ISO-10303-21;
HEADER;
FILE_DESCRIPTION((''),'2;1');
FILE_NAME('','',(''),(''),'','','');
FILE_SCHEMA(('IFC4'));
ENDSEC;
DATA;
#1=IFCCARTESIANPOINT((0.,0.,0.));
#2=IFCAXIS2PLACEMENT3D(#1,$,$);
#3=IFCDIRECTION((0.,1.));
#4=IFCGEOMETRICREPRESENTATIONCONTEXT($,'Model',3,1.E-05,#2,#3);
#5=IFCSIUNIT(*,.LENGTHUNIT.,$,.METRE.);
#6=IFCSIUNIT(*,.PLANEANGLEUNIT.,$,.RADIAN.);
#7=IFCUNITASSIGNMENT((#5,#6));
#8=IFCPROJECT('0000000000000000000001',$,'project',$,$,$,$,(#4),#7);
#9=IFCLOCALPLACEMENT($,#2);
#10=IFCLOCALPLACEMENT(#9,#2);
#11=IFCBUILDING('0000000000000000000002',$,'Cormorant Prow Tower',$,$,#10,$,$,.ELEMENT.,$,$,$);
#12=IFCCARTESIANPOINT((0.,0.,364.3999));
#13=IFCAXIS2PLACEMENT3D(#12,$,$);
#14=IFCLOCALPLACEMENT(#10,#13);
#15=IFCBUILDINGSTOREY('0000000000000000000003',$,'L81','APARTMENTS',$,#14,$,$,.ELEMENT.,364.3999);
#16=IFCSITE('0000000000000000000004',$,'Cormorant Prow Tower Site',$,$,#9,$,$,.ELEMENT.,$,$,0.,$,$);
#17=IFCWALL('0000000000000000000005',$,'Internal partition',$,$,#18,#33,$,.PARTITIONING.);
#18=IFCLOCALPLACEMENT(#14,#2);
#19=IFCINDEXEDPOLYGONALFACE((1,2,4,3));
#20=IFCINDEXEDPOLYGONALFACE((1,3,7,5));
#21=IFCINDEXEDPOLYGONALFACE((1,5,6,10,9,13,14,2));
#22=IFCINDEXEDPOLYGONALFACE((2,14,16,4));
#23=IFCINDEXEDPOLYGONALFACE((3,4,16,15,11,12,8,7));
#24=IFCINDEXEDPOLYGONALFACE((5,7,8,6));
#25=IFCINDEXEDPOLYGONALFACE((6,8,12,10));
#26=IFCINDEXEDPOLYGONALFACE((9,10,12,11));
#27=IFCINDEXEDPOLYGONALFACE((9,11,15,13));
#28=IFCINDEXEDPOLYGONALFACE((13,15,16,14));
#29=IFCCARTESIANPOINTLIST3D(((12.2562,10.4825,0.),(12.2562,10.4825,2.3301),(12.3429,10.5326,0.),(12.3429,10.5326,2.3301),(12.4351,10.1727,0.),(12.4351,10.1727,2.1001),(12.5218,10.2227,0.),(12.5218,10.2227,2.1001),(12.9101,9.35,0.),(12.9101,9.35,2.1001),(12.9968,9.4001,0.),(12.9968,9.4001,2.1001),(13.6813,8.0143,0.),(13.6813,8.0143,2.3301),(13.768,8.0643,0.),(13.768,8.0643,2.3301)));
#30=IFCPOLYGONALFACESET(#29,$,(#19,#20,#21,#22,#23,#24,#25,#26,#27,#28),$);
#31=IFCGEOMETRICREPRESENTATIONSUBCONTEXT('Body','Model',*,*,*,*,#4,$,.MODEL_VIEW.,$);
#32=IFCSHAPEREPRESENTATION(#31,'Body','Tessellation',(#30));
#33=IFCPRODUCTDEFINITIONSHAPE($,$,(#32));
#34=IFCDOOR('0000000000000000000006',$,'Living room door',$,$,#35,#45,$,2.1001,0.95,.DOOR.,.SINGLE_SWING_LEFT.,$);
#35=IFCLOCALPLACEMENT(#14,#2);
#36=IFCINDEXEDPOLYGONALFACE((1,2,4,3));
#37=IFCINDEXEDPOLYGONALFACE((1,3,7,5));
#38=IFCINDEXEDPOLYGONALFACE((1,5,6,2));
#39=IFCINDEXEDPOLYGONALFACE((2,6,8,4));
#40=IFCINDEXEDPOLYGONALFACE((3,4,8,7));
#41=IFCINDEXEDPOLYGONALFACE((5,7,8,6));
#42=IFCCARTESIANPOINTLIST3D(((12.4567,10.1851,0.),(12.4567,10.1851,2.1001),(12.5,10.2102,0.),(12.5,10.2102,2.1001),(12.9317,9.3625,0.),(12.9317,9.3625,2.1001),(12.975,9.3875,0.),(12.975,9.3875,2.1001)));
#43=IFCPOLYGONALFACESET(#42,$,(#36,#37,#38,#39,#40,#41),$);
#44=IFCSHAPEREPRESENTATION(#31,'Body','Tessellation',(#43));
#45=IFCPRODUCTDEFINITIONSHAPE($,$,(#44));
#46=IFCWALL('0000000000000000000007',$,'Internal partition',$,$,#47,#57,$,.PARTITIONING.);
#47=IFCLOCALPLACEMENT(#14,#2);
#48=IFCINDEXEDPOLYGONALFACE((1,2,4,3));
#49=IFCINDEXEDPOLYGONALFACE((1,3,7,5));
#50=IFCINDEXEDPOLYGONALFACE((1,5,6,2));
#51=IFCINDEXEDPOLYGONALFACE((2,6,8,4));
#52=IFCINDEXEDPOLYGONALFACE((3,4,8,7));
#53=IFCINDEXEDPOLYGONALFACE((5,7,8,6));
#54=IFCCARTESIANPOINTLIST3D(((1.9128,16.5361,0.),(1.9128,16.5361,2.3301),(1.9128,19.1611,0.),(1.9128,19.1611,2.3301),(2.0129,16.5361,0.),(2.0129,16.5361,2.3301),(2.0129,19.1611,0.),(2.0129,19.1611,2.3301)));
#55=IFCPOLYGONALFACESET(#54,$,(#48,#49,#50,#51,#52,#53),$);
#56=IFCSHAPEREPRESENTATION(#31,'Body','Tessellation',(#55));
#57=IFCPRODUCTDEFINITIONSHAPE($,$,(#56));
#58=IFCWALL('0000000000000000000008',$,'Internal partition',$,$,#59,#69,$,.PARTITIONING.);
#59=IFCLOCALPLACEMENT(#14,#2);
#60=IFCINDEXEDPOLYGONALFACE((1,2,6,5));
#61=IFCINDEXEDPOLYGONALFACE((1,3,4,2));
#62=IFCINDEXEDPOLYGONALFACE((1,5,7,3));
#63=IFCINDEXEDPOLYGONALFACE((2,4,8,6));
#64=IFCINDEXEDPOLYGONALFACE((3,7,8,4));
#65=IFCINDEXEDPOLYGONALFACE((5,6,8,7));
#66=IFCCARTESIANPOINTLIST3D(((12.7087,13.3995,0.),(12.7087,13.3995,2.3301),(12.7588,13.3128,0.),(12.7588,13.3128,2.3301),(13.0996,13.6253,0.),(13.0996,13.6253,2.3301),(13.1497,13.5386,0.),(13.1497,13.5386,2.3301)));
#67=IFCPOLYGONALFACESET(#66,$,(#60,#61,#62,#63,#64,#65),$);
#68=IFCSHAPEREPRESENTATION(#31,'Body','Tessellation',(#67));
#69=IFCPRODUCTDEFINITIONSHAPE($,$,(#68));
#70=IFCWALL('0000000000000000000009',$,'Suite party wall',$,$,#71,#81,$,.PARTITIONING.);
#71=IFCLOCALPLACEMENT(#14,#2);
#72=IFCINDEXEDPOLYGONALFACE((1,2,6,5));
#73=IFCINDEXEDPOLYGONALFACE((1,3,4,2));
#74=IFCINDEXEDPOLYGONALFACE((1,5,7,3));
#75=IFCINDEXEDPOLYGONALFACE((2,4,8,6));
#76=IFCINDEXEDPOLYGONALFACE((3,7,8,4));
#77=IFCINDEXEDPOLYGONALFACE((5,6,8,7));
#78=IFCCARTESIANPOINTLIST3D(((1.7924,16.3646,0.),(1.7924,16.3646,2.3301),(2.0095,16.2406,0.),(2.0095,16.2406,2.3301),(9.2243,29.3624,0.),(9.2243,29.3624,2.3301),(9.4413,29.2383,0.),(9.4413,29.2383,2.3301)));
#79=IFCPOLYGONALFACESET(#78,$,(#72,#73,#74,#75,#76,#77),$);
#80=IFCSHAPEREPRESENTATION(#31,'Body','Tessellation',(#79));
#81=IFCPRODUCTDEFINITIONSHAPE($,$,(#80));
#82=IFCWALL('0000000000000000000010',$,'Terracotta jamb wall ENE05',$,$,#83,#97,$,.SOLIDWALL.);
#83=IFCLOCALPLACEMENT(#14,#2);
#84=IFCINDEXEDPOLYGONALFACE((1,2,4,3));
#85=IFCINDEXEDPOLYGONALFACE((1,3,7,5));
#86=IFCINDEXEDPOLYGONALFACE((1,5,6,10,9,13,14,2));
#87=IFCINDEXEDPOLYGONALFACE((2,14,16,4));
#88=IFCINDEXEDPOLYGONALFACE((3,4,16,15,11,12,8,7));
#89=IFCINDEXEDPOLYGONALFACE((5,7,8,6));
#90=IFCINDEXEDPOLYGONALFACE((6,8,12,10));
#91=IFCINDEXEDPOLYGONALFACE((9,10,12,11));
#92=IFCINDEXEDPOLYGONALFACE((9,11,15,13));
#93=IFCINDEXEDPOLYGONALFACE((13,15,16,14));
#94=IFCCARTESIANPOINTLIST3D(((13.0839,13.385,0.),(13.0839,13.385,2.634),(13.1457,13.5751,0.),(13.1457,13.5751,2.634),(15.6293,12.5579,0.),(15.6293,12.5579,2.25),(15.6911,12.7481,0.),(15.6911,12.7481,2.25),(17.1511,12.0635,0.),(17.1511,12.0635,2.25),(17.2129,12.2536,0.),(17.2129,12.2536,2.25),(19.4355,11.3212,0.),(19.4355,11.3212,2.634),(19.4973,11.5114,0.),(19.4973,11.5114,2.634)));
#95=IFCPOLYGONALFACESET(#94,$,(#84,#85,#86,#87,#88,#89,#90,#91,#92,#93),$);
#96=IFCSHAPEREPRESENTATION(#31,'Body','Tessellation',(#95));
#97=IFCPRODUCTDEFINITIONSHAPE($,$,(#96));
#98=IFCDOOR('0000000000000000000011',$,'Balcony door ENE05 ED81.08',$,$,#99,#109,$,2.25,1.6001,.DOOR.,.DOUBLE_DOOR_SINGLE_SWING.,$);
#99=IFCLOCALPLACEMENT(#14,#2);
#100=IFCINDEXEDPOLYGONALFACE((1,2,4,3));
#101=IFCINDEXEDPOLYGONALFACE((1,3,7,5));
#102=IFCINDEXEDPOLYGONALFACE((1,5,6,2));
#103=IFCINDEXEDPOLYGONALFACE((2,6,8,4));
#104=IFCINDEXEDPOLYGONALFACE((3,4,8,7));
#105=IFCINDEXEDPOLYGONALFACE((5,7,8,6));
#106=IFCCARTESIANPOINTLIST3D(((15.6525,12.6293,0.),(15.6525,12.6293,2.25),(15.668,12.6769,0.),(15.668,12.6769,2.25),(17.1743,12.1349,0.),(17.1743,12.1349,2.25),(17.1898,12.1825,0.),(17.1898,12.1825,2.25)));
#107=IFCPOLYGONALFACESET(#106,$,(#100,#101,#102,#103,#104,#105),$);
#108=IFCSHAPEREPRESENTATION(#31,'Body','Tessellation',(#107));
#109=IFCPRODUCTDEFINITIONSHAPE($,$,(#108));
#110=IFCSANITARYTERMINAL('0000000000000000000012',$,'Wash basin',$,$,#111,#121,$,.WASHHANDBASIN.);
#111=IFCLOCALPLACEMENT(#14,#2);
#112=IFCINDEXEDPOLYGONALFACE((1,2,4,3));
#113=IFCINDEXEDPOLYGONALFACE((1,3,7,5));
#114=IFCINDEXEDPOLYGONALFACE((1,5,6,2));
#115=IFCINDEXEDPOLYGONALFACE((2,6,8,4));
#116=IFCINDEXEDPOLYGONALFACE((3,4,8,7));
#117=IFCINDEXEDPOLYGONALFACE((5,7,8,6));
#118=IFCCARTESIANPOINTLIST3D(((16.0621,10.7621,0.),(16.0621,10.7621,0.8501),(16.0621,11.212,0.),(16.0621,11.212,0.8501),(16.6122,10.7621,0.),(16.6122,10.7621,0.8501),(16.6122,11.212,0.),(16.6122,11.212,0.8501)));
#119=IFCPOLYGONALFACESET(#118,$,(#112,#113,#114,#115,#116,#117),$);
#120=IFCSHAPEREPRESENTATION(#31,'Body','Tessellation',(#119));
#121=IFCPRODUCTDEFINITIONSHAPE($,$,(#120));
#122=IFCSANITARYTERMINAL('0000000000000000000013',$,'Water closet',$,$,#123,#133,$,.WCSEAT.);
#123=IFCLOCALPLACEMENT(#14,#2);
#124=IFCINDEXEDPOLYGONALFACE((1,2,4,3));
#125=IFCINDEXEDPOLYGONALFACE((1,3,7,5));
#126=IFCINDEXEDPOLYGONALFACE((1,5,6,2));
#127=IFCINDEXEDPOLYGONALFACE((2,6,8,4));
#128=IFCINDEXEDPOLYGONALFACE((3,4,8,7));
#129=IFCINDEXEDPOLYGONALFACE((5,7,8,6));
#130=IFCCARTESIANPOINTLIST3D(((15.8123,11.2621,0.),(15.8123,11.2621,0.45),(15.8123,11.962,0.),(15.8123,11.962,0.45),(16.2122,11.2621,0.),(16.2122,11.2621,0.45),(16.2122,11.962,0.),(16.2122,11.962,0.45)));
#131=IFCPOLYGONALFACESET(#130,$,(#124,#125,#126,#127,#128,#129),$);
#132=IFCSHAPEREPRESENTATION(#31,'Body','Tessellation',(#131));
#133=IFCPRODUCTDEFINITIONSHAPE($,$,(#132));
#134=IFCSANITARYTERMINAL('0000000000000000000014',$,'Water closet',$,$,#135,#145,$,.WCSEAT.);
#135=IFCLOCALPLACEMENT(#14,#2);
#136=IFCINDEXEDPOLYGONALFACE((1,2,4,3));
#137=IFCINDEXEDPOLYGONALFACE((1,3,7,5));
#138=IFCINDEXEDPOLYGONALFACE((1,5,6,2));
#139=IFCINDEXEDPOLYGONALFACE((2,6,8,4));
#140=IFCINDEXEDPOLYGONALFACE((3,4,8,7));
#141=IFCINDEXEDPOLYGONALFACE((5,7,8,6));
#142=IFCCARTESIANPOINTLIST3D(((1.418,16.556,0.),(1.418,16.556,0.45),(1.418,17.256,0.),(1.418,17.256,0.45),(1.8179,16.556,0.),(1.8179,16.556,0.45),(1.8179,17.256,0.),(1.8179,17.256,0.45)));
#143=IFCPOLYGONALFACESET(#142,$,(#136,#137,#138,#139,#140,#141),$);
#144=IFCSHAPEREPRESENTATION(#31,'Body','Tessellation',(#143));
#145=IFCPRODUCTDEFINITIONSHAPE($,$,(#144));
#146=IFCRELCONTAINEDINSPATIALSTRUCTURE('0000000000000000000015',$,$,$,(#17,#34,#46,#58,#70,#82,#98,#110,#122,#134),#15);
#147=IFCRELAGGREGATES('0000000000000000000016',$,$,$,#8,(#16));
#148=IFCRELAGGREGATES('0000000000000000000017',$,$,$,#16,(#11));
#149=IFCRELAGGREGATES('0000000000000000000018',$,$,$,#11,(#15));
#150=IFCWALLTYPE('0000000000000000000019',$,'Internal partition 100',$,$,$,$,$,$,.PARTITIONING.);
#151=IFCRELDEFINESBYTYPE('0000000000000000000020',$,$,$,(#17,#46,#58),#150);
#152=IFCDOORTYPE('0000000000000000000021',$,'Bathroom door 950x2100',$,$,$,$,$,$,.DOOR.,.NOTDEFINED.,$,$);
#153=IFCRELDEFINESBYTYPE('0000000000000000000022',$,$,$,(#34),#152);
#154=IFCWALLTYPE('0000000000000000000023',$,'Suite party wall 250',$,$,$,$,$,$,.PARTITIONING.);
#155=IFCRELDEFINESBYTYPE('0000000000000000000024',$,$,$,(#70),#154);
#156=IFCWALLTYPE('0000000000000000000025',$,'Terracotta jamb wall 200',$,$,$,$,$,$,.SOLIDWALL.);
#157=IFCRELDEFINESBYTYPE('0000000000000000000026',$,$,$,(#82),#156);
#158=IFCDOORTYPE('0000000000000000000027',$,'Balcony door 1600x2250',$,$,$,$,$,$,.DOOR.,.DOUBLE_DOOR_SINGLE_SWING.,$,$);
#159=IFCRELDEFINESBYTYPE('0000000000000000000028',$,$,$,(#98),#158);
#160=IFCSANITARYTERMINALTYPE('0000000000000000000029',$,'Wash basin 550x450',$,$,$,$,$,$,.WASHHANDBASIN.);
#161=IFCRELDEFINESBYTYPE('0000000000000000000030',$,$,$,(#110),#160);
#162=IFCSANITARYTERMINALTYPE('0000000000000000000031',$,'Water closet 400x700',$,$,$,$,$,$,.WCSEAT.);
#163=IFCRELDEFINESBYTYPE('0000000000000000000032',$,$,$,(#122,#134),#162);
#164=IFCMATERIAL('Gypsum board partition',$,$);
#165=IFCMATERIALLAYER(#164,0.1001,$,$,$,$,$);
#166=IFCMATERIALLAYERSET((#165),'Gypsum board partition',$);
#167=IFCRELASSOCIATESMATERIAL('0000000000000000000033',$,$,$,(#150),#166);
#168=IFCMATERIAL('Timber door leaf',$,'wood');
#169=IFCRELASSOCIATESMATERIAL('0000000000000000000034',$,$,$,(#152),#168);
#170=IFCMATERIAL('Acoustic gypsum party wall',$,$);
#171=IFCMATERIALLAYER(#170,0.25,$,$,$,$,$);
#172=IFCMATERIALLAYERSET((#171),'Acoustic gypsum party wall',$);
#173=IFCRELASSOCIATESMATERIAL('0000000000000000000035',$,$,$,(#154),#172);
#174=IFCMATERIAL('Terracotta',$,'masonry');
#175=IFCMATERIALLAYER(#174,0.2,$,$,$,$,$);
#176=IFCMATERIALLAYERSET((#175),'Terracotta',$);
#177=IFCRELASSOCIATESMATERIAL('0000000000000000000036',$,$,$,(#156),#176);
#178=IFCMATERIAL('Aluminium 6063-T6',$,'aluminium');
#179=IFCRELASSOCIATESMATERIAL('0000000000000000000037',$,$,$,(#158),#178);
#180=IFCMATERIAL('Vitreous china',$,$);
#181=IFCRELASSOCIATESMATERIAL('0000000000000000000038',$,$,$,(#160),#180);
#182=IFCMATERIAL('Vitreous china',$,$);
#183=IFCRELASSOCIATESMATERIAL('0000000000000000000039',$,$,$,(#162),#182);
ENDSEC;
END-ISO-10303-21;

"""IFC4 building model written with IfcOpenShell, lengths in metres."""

from ifc_helpers import new_model, si_unit, direction, frame, frame_2d, origin, origin_2d, place, context, subcontext, project, spatial, rectangle, extrude, material, layer, layer_set, type_object, element, fill, save


model = new_model("IFC4")

# Units and contexts
model_context = context("Model", 3, precision=1e-05, world=origin(), true_north=direction((0.0, 1.0)))
body_context = subcontext(model_context, "Body", "Model", "MODEL_VIEW")
ifc_project = project(units=[si_unit("LENGTHUNIT", "METRE"), si_unit("PLANEANGLEUNIT", "RADIAN")], contexts=[model_context])

# Site, building, storey
site_placement = place(None, origin())
site = spatial("IfcSite", under=ifc_project, at=site_placement, Name="Cormorant Prow Tower Site", CompositionType="ELEMENT", RefElevation=0.0)
building_placement = place(site_placement, origin())
building = spatial("IfcBuilding", under=site, at=building_placement, Name="Cormorant Prow Tower", CompositionType="ELEMENT")
storey_placement = place(building_placement, frame((0.0, 0.0, 364.3999)))
storey = spatial("IfcBuildingStorey", under=building, at=storey_placement, Name="L81", Description="APARTMENTS", CompositionType="ELEMENT", Elevation=364.3999)

# Wall, opening, door
ifc_material_1 = material(Name="Gypsum board partition")
ifc_layer_1 = layer(ifc_material_1, 0.1001)
ifc_layer_set_1 = layer_set([ifc_layer_1], Name="Gypsum board partition")
wall_type_1 = type_object("IfcWallType", Name="Internal partition 100", PredefinedType="PARTITIONING", material=ifc_layer_set_1)
ifc_material_2 = material(Name="Timber door leaf", Category="wood")
door_type_1 = type_object("IfcDoorType", Name="Bathroom door 950x2100", OperationType="NOTDEFINED", PredefinedType="DOOR", material=ifc_material_2)
wall_1_placement = place(storey_placement, frame((12.2996, 10.5076, 0.0), z_axis=(0.0, 0.0, 1.0), x_axis=(0.499999, -0.866026, 0.0)))
wall_1 = element("IfcWall", 1, at=wall_1_placement, inside=storey, type_object=wall_type_1, Name="Internal partition", PredefinedType="PARTITIONING", context=body_context, shape_type="SweptSolid", body=[
    extrude(rectangle(XDim=2.8501, YDim=0.1001, at=frame_2d((1.425, 0.0))), origin(), (0.0, 0.0, 1.0), 2.3301),
])
opening_1_placement = place(wall_1_placement, frame((0.3577, 0.0, 0.0)))
opening_1 = element("IfcOpeningElement", 2, at=opening_1_placement, cuts=wall_1, PredefinedType="OPENING", context=body_context, shape_type="SweptSolid", body=[
    extrude(rectangle(XDim=0.95, YDim=2.1001, at=frame_2d((0.4751, 1.05))), frame((0.0, 0.0601, 0.0), z_axis=(0.0, -1.0, 0.0), x_axis=(1.0, 0.0, 0.0)), (0.0, 0.0, 1.0), 0.1201),
])
door_1_placement = place(opening_1_placement, origin())
door_1 = element("IfcDoor", 3, at=door_1_placement, inside=storey, type_object=door_type_1, Name="Living room door", OperationType="SINGLE_SWING_LEFT", OverallHeight=2.1001, OverallWidth=0.95, PredefinedType="DOOR", context=body_context, shape_type="SweptSolid", body=[
    extrude(rectangle(XDim=0.95, YDim=2.1001, at=frame_2d((0.4751, 1.05))), frame((0.0, 0.0249, 0.0), z_axis=(0.0, -1.0, 0.0), x_axis=(1.0, 0.0, 0.0)), (0.0, 0.0, 1.0), 0.05),
])
fill(opening_1, door_1)

# Walls
wall_2_placement = place(storey_placement, frame((1.9629, 16.5361, 0.0), z_axis=(0.0, 0.0, 1.0), x_axis=(0.0, 1.0, 0.0)))
element("IfcWall", 4, at=wall_2_placement, inside=storey, type_object=wall_type_1, Name="Internal partition", PredefinedType="PARTITIONING", context=body_context, shape_type="SweptSolid", body=[
    extrude(rectangle(XDim=2.625, YDim=0.1001, at=frame_2d((1.3125, 0.0))), origin(), (0.0, 0.0, 1.0), 2.3301),
])
wall_3_placement = place(storey_placement, frame((12.7339, 13.3562, 0.0), z_axis=(0.0, 0.0, 1.0), x_axis=(0.86587, 0.500269, 0.0)))
element("IfcWall", 5, at=wall_3_placement, inside=storey, type_object=wall_type_1, Name="Internal partition", PredefinedType="PARTITIONING", context=body_context, shape_type="SweptSolid", body=[
    extrude(rectangle(XDim=0.4514, YDim=0.1001, at=frame_2d((0.2256, 0.0))), origin(), (0.0, 0.0, 1.0), 2.3301),
])
ifc_material_3 = material(Name="Acoustic gypsum party wall")
ifc_layer_2 = layer(ifc_material_3, 0.25)
ifc_layer_set_2 = layer_set([ifc_layer_2], Name="Acoustic gypsum party wall")
wall_type_2 = type_object("IfcWallType", Name="Suite party wall 250", PredefinedType="PARTITIONING", material=ifc_layer_set_2)
wall_4_placement = place(storey_placement, frame((1.9009, 16.3025, 0.0), z_axis=(0.0, 0.0, 1.0), x_axis=(0.496369, 0.868112, 0.0)))
element("IfcWall", 6, at=wall_4_placement, inside=storey, type_object=wall_type_2, Name="Suite party wall", PredefinedType="PARTITIONING", context=body_context, shape_type="SweptSolid", body=[
    extrude(rectangle(XDim=14.9724, YDim=0.25, at=frame_2d((7.4863, 0.0))), origin(), (0.0, 0.0, 1.0), 2.3301),
])

# Wall, opening, door
ifc_material_4 = material(Name="Terracotta", Category="masonry")
ifc_layer_3 = layer(ifc_material_4, 0.2)
ifc_layer_set_3 = layer_set([ifc_layer_3], Name="Terracotta")
wall_type_3 = type_object("IfcWallType", Name="Terracotta jamb wall 200", PredefinedType="SOLIDWALL", material=ifc_layer_set_3)
wall_5_placement = place(storey_placement, frame((19.4666, 11.4163, 0.0), z_axis=(0.0, 0.0, 1.0), x_axis=(-0.951058, 0.309013, 0.0)))
wall_5 = element("IfcWall", 7, at=wall_5_placement, inside=storey, type_object=wall_type_3, Name="Terracotta jamb wall ENE05", PredefinedType="SOLIDWALL", context=body_context, shape_type="SweptSolid", body=[
    extrude(rectangle(XDim=6.6785, YDim=0.2, at=frame_2d((3.3394, 0.0))), origin(), (0.0, 0.0, 1.0), 2.634),
])
opening_2_placement = place(wall_5_placement, frame((2.4021, 0.0, 0.0)))
opening_2 = element("IfcOpeningElement", 8, at=opening_2_placement, cuts=wall_5, PredefinedType="OPENING", context=body_context, shape_type="SweptSolid", body=[
    extrude(rectangle(XDim=1.6001, YDim=2.25, at=frame_2d((0.8, 1.125))), frame((0.0, 0.1099, 0.0), z_axis=(0.0, -1.0, 0.0), x_axis=(1.0, 0.0, 0.0)), (0.0, 0.0, 1.0), 0.22),
])
ifc_material_5 = material(Name="Aluminium 6063-T6", Category="aluminium")
door_type_2 = type_object("IfcDoorType", Name="Balcony door 1600x2250", OperationType="DOUBLE_DOOR_SINGLE_SWING", PredefinedType="DOOR", material=ifc_material_5)
door_2_placement = place(opening_2_placement, origin())
door_2 = element("IfcDoor", 9, at=door_2_placement, inside=storey, type_object=door_type_2, Name="Balcony door ENE05 ED81.08", OperationType="DOUBLE_DOOR_SINGLE_SWING", OverallHeight=2.25, OverallWidth=1.6001, PredefinedType="DOOR", context=body_context, shape_type="SweptSolid", body=[
    extrude(rectangle(XDim=1.6001, YDim=2.25, at=frame_2d((0.8, 1.125))), frame((0.0, 0.0249, 0.0), z_axis=(0.0, -1.0, 0.0), x_axis=(1.0, 0.0, 0.0)), (0.0, 0.0, 1.0), 0.05),
])
fill(opening_2, door_2)

# Sanitary terminals
ifc_material_6 = material(Name="Vitreous china")
sanitary_terminal_type_1 = type_object("IfcSanitaryTerminalType", Name="Wash basin 550x450", PredefinedType="WASHHANDBASIN", material=ifc_material_6)
sanitary_terminal_placement = place(storey_placement, frame((16.3372, 10.9871, 0.0), z_axis=(0.0, 0.0, 1.0), x_axis=(1.0, 0.0, 0.0)))
element("IfcSanitaryTerminal", 10, at=sanitary_terminal_placement, inside=storey, type_object=sanitary_terminal_type_1, Name="Wash basin", PredefinedType="WASHHANDBASIN", context=body_context, shape_type="SweptSolid", body=[
    extrude(rectangle(XDim=0.55, YDim=0.45, at=origin_2d()), origin(), (0.0, 0.0, 1.0), 0.8501),
])
ifc_material_7 = material(Name="Vitreous china")
sanitary_terminal_type_2 = type_object("IfcSanitaryTerminalType", Name="Water closet 400x700", PredefinedType="WCSEAT", material=ifc_material_7)
for number, where, z_axis, x_axis, name in (
    (11, (16.0122, 11.6121, 0.0), (0.0, 0.0, 1.0), (1.0, 0.0, 0.0), "Water closet"),
    (12, (1.6179, 16.906, 0.0), (0.0, 0.0, 1.0), (-1.0, 0.0, 0.0), "Water closet"),
):
    element("IfcSanitaryTerminal", number, at=place(storey_placement, frame(where, z_axis=z_axis, x_axis=x_axis)), inside=storey, type_object=sanitary_terminal_type_2, Name=name, PredefinedType="WCSEAT", context=body_context, shape_type="SweptSolid", body=[
        extrude(rectangle(XDim=0.3999, YDim=0.7, at=origin_2d()), origin(), (0.0, 0.0, 1.0), 0.45),
    ])

save(model, "model.ifc")
